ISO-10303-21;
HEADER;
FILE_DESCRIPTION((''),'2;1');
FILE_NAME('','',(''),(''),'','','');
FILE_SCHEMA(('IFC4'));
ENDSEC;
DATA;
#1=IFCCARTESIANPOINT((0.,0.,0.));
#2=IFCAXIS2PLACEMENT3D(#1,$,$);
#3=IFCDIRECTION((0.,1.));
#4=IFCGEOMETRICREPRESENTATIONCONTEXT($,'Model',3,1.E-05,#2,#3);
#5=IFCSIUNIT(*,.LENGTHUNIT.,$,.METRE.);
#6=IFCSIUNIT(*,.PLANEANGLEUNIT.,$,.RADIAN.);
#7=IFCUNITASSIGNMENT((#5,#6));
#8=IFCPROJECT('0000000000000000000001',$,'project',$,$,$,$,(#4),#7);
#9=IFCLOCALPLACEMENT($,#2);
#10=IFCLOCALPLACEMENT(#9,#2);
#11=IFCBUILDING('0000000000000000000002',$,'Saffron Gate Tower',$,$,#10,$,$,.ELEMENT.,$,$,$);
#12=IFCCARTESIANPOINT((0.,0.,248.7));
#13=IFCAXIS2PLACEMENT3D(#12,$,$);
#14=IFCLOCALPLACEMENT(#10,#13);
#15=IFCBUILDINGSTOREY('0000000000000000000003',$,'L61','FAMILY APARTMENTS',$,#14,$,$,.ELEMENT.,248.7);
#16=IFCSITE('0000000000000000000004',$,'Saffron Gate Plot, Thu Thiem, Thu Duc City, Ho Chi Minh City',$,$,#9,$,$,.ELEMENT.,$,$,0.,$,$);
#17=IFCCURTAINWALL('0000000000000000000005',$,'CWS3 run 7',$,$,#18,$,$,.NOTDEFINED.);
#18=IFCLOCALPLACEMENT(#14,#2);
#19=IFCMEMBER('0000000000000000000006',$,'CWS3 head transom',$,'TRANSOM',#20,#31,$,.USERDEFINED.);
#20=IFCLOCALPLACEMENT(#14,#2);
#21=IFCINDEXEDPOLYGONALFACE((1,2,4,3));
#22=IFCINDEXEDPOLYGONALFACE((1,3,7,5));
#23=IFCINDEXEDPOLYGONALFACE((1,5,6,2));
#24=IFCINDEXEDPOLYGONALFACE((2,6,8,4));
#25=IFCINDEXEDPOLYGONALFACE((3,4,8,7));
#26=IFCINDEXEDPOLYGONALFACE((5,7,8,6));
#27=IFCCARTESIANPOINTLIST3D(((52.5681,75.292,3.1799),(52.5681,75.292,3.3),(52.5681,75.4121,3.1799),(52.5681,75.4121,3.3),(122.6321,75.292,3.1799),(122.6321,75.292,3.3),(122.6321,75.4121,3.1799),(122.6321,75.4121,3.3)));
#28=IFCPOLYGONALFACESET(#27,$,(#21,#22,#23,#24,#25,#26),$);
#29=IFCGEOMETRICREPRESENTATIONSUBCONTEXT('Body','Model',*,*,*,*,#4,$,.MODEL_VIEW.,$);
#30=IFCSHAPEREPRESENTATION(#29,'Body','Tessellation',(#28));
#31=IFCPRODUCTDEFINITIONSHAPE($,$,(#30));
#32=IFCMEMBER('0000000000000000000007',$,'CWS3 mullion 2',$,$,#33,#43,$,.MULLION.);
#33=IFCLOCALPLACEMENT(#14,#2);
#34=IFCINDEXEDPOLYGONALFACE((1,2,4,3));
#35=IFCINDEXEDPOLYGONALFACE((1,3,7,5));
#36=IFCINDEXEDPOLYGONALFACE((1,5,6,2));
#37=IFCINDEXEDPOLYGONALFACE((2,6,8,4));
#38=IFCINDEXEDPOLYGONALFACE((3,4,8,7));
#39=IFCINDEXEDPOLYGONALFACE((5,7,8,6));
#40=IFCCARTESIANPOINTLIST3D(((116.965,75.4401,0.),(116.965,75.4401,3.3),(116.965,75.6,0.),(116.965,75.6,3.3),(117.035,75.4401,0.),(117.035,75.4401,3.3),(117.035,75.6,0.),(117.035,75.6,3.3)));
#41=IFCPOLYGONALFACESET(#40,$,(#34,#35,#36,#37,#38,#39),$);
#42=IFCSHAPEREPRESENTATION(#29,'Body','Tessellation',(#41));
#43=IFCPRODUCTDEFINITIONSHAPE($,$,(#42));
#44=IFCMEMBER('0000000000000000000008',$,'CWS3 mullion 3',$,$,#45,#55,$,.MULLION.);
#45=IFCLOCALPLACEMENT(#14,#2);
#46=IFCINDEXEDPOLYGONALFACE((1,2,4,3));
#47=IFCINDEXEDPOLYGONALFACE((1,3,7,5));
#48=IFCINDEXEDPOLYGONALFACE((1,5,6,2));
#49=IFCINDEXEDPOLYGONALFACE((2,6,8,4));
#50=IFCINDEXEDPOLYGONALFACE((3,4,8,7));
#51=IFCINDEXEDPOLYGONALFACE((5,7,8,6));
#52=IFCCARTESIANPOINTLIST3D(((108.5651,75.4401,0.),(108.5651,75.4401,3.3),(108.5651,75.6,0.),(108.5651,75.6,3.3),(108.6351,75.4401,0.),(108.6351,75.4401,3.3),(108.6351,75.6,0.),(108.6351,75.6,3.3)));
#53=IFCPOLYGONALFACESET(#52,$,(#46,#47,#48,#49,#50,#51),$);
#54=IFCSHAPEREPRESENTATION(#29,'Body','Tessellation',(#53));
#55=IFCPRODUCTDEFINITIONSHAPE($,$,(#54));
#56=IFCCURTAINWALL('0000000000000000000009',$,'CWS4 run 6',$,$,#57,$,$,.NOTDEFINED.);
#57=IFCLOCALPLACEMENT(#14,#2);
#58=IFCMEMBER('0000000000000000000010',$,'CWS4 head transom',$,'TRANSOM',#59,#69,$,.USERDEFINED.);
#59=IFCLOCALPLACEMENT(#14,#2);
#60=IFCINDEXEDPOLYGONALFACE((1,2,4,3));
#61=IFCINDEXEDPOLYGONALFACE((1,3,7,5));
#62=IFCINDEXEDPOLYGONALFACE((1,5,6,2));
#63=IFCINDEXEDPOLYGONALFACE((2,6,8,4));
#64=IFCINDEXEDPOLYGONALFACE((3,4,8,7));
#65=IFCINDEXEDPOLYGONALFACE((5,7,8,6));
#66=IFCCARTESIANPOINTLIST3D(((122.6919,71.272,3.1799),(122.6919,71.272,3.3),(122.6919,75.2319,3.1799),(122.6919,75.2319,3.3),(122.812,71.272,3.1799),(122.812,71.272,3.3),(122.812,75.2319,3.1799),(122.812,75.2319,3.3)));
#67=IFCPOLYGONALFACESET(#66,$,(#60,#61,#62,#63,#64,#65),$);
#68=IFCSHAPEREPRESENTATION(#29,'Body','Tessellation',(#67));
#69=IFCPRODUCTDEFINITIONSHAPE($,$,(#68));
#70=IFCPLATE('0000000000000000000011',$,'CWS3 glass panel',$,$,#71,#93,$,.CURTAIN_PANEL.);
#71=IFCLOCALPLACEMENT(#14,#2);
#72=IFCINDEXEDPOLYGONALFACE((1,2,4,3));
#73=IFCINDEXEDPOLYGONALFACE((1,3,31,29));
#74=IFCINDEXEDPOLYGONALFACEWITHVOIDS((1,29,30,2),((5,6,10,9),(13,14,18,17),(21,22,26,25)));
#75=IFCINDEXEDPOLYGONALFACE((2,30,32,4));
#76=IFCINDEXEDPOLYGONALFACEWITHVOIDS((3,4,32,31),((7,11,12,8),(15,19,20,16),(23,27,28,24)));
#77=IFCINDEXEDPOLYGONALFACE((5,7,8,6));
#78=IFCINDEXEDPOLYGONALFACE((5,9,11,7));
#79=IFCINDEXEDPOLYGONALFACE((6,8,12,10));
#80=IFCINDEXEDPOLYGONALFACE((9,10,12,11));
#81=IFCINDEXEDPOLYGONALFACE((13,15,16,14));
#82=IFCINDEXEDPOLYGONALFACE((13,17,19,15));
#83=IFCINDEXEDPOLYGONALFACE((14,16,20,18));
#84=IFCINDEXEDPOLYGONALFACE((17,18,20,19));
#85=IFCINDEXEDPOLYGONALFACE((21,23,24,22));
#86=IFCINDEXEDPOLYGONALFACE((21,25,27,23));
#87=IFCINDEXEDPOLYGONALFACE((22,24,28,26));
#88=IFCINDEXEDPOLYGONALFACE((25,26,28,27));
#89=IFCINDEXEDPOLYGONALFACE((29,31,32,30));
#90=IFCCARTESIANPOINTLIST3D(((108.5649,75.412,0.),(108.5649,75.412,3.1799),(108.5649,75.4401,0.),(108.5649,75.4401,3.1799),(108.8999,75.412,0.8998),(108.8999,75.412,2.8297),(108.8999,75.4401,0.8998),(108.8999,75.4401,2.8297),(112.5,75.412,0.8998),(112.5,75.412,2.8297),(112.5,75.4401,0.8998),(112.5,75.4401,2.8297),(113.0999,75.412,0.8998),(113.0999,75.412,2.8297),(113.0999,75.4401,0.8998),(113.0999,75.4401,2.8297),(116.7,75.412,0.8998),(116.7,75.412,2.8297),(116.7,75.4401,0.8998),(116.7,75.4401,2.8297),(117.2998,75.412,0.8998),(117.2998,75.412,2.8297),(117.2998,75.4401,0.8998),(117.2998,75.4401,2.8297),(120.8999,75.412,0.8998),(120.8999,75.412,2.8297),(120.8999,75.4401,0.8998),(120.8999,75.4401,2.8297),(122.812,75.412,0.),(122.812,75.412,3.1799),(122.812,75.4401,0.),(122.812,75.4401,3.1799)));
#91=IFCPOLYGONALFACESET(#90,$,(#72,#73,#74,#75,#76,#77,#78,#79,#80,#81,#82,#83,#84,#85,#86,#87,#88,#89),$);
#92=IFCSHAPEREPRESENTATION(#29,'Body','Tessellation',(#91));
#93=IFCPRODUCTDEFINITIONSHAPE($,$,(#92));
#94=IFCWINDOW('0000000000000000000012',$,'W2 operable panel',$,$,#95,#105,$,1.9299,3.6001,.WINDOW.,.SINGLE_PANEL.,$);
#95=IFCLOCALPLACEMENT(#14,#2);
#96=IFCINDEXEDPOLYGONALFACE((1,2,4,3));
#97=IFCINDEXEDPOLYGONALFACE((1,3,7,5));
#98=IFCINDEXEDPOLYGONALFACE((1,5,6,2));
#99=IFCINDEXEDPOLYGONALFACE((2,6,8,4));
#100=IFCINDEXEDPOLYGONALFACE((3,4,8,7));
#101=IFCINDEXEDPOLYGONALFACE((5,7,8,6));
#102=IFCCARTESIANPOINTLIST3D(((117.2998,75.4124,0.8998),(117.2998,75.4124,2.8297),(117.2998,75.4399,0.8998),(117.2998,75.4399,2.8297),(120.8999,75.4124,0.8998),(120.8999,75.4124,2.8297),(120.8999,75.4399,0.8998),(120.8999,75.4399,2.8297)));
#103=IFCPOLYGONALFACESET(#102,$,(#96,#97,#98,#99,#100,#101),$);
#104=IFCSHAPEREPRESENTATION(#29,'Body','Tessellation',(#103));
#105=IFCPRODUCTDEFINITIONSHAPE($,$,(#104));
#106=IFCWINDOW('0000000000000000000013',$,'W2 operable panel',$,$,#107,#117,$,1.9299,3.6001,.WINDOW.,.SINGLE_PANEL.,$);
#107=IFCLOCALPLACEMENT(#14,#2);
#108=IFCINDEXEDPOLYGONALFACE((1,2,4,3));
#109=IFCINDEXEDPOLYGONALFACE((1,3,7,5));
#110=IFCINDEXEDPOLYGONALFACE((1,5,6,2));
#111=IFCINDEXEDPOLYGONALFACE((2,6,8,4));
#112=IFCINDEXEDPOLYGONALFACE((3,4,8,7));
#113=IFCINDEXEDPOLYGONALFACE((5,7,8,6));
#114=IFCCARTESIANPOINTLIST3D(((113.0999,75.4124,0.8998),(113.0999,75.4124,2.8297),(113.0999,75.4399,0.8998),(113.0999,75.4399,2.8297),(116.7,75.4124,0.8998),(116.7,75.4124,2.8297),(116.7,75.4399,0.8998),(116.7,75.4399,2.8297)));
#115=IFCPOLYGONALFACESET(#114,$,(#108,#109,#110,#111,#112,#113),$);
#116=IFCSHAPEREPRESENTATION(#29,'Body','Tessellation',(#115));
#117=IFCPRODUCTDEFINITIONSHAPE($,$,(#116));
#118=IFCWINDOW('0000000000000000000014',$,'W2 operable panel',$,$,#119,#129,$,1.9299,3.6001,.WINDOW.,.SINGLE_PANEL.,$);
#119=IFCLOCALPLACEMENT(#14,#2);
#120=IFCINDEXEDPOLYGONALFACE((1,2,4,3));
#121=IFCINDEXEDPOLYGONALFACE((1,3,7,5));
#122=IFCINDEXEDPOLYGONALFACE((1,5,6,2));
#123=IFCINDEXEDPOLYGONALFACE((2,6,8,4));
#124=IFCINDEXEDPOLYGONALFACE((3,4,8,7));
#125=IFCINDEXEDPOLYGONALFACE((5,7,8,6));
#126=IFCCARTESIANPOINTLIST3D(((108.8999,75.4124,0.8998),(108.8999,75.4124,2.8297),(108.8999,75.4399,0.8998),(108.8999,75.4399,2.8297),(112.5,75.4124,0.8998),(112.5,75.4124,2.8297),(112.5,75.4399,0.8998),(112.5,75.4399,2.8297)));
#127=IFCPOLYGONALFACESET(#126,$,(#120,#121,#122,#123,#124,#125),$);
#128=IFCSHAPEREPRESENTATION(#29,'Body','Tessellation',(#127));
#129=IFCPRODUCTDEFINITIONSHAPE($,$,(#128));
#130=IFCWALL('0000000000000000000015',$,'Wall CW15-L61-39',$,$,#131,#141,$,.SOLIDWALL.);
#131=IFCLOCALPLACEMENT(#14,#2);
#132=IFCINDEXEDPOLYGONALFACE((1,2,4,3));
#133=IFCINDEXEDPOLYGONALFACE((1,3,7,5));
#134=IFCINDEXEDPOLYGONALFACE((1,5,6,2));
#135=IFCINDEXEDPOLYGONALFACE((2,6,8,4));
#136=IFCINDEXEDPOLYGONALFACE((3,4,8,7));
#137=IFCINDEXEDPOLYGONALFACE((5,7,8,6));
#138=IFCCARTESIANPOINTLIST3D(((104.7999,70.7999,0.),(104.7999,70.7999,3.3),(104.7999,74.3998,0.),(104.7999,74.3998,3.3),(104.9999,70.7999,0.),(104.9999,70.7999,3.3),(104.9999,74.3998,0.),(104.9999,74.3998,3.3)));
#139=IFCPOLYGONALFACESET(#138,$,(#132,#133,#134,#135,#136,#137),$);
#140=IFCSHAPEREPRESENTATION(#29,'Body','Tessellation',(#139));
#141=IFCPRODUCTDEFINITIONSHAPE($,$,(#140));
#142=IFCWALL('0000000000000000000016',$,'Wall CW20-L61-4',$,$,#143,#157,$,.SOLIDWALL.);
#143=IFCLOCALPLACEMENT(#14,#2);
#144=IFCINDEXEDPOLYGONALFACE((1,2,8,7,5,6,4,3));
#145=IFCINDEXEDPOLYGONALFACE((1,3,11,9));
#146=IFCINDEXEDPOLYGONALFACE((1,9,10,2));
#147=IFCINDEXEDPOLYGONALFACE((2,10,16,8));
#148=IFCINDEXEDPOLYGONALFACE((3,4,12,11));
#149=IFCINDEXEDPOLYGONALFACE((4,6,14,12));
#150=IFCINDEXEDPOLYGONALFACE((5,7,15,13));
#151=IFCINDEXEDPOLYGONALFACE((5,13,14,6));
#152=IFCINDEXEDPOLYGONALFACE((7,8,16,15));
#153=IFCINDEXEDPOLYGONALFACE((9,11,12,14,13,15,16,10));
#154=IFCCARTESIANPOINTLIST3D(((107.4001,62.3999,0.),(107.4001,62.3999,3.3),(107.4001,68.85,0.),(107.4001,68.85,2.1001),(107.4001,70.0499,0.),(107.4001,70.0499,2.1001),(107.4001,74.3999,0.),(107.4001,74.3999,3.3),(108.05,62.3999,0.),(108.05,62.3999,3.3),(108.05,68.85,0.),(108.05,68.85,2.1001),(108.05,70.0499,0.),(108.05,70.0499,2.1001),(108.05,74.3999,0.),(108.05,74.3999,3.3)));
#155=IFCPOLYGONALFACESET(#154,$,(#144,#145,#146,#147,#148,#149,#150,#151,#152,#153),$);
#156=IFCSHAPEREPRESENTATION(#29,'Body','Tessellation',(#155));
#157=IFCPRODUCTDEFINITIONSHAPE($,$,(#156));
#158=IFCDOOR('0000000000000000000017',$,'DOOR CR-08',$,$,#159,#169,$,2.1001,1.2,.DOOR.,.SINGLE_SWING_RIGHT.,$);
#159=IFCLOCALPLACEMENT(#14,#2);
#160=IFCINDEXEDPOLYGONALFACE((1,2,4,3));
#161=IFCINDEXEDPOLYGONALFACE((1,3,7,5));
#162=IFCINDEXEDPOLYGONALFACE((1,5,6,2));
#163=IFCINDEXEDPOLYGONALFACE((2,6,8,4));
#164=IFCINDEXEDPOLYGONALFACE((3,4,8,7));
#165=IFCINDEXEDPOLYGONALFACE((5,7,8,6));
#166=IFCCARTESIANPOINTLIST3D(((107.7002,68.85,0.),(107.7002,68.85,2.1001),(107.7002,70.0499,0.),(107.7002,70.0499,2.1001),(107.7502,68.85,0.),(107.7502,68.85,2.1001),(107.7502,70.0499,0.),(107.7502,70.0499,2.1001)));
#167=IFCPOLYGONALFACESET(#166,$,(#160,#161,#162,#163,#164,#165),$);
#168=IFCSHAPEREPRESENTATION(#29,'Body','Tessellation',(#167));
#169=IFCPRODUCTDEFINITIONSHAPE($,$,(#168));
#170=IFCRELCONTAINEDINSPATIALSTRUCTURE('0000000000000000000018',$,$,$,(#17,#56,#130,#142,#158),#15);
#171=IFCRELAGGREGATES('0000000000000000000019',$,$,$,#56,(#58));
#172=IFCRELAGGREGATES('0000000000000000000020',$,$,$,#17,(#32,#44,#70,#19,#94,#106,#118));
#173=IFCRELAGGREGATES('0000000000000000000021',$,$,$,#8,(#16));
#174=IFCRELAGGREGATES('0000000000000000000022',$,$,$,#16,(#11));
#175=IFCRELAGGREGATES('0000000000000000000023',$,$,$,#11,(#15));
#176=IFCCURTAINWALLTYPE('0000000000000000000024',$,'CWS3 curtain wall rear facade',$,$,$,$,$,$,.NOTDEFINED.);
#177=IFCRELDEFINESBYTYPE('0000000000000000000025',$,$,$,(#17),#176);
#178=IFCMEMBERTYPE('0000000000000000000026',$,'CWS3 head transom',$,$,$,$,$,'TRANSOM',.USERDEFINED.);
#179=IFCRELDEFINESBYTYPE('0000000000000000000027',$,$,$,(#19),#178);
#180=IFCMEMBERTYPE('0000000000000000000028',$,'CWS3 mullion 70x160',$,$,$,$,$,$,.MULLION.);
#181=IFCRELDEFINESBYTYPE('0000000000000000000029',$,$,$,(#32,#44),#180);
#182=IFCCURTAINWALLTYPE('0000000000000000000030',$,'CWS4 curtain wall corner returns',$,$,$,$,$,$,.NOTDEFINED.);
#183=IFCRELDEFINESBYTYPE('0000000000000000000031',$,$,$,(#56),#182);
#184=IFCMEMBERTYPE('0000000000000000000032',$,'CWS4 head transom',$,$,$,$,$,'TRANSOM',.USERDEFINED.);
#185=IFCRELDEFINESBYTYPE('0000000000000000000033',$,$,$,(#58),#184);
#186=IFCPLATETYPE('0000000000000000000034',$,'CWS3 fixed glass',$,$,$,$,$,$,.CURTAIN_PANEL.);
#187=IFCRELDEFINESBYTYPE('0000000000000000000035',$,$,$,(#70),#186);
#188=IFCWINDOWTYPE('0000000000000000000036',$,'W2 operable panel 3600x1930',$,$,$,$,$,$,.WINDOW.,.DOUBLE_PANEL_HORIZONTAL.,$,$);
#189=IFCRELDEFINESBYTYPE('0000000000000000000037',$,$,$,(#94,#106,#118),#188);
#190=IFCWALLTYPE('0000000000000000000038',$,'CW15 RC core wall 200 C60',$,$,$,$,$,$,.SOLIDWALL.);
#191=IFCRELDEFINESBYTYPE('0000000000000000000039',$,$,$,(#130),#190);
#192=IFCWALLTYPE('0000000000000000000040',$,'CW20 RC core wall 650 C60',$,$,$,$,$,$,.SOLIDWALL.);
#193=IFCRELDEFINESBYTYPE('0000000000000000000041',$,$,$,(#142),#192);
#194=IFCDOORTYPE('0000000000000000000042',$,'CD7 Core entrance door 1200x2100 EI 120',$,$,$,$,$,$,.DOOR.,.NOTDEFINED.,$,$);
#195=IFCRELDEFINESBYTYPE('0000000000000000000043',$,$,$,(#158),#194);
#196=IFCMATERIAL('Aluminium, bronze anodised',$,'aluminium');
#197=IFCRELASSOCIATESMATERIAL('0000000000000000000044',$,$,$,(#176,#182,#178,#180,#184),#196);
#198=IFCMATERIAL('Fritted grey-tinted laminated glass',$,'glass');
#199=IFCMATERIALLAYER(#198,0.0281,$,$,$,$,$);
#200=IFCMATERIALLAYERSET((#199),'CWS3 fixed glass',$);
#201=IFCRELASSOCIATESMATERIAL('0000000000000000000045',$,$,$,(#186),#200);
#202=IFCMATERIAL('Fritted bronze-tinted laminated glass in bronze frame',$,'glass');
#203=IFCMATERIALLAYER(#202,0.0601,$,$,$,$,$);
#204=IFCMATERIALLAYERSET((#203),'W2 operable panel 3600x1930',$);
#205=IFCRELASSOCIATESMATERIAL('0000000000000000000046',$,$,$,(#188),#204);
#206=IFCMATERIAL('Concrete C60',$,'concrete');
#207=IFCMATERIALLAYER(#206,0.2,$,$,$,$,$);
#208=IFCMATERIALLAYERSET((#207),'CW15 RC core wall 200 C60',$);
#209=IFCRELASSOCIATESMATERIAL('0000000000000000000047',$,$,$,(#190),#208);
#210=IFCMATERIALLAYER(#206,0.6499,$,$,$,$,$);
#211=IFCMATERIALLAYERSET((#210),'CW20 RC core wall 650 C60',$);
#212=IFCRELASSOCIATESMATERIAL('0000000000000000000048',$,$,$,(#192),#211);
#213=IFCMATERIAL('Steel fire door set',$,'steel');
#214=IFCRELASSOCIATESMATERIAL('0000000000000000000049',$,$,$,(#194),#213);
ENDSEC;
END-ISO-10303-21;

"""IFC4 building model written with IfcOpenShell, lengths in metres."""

from ifc_helpers import new_model, si_unit, direction, frame, frame_2d, origin, origin_2d, place, context, subcontext, project, spatial, rectangle, extrude, material, layer, layer_set, material_profile, profile_set, type_object, element, fill, aggregate, save


model = new_model("IFC4")

# Units and contexts
model_context = context("Model", 3, precision=1e-05, world=origin(), true_north=direction((0.0, 1.0)))
body_context = subcontext(model_context, "Body", "Model", "MODEL_VIEW")
ifc_project = project(units=[si_unit("LENGTHUNIT", "METRE"), si_unit("PLANEANGLEUNIT", "RADIAN")], contexts=[model_context])

# Site, building, storey
site_placement = place(None, origin())
site = spatial("IfcSite", under=ifc_project, at=site_placement, Name="Saffron Gate Plot, Thu Thiem, Thu Duc City, Ho Chi Minh City", CompositionType="ELEMENT", RefElevation=0.0)
building_placement = place(site_placement, origin())
building = spatial("IfcBuilding", under=site, at=building_placement, Name="Saffron Gate Tower", CompositionType="ELEMENT")
storey_placement = place(building_placement, frame((0.0, 0.0, 248.7)))
storey = spatial("IfcBuildingStorey", under=building, at=storey_placement, Name="L61", Description="FAMILY APARTMENTS", CompositionType="ELEMENT", Elevation=248.7)

# Curtain wall, members
ifc_material_1 = material(Name="Aluminium, bronze anodised", Category="aluminium")
curtain_wall_type_1 = type_object("IfcCurtainWallType", Name="CWS3 curtain wall rear facade", PredefinedType="NOTDEFINED", material=ifc_material_1)
curtain_wall_1_placement = place(storey_placement, origin())
curtain_wall_1 = element("IfcCurtainWall", 1, at=curtain_wall_1_placement, inside=storey, type_object=curtain_wall_type_1, Name="CWS3 run 7", PredefinedType="NOTDEFINED")
ifc_material_profile_1 = material_profile(ifc_material_1, rectangle(XDim=0.1201, YDim=0.1201, at=origin_2d()))
ifc_profile_set_1 = profile_set([ifc_material_profile_1], Name="Aluminium, bronze anodised")
member_type_1 = type_object("IfcMemberType", Name="CWS3 head transom", ElementType="TRANSOM", PredefinedType="USERDEFINED", material=ifc_profile_set_1)
member_1_placement = place(storey_placement, frame((122.6321, 75.3521, 3.24), z_axis=(-1.0, 0.0, 0.0), x_axis=(0.0, -1.0, 0.0)))
member_1 = element("IfcMember", 2, at=member_1_placement, type_object=member_type_1, Name="CWS3 head transom", ObjectType="TRANSOM", PredefinedType="USERDEFINED", context=body_context, shape_type="SweptSolid", body=[
    extrude(rectangle(XDim=0.1201, YDim=0.1201, at=origin_2d()), origin(), (0.0, 0.0, 1.0), 70.064),
])
ifc_material_profile_2 = material_profile(ifc_material_1, rectangle(XDim=0.1599, YDim=0.0701, at=origin_2d()))
ifc_profile_set_2 = profile_set([ifc_material_profile_2], Name="Aluminium, bronze anodised")
member_type_2 = type_object("IfcMemberType", Name="CWS3 mullion 70x160", PredefinedType="MULLION", material=ifc_profile_set_2)
member_2_placement = place(storey_placement, frame((117.0, 75.52, 0.0), z_axis=(0.0, 0.0, 1.0), x_axis=(0.0, -1.0, 0.0)))
member_2 = element("IfcMember", 3, at=member_2_placement, type_object=member_type_2, Name="CWS3 mullion 2", PredefinedType="MULLION", context=body_context, shape_type="SweptSolid", body=[
    extrude(rectangle(XDim=0.1599, YDim=0.0701, at=origin_2d()), origin(), (0.0, 0.0, 1.0), 3.3),
])
member_3_placement = place(storey_placement, frame((108.6001, 75.52, 0.0), z_axis=(0.0, 0.0, 1.0), x_axis=(0.0, -1.0, 0.0)))
member_3 = element("IfcMember", 4, at=member_3_placement, type_object=member_type_2, Name="CWS3 mullion 3", PredefinedType="MULLION", context=body_context, shape_type="SweptSolid", body=[
    extrude(rectangle(XDim=0.1599, YDim=0.0701, at=origin_2d()), origin(), (0.0, 0.0, 1.0), 3.3),
])

# Curtain wall, member
curtain_wall_type_2 = type_object("IfcCurtainWallType", Name="CWS4 curtain wall corner returns", PredefinedType="NOTDEFINED", material=ifc_material_1)
curtain_wall_2_placement = place(storey_placement, origin())
curtain_wall_2 = element("IfcCurtainWall", 5, at=curtain_wall_2_placement, inside=storey, type_object=curtain_wall_type_2, Name="CWS4 run 6", PredefinedType="NOTDEFINED")
ifc_material_profile_3 = material_profile(ifc_material_1, rectangle(XDim=0.1201, YDim=0.1201, at=origin_2d()))
ifc_profile_set_3 = profile_set([ifc_material_profile_3], Name="Aluminium, bronze anodised")
member_type_3 = type_object("IfcMemberType", Name="CWS4 head transom", ElementType="TRANSOM", PredefinedType="USERDEFINED", material=ifc_profile_set_3)
member_4_placement = place(storey_placement, frame((122.752, 71.272, 3.24), z_axis=(0.0, 1.0, 0.0), x_axis=(-1.0, 0.0, 0.0)))
member_4 = element("IfcMember", 6, at=member_4_placement, type_object=member_type_3, Name="CWS4 head transom", ObjectType="TRANSOM", PredefinedType="USERDEFINED", context=body_context, shape_type="SweptSolid", body=[
    extrude(rectangle(XDim=0.1201, YDim=0.1201, at=origin_2d()), origin(), (0.0, 0.0, 1.0), 3.96),
])
aggregate(curtain_wall_2, [member_4])

# Plate, openings, windows
ifc_material_2 = material(Name="Fritted grey-tinted laminated glass", Category="glass")
ifc_layer_1 = layer(ifc_material_2, 0.0281)
ifc_layer_set_1 = layer_set([ifc_layer_1], Name="CWS3 fixed glass")
plate_type = type_object("IfcPlateType", Name="CWS3 fixed glass", PredefinedType="CURTAIN_PANEL", material=ifc_layer_set_1)
plate_placement = place(storey_placement, frame((122.812, 75.426, 0.0), z_axis=(0.0, 0.0, 1.0), x_axis=(-1.0, 0.0, 0.0)))
plate = element("IfcPlate", 7, at=plate_placement, type_object=plate_type, Name="CWS3 glass panel", PredefinedType="CURTAIN_PANEL", context=body_context, shape_type="SweptSolid", body=[
    extrude(rectangle(XDim=14.2471, YDim=0.0281, at=frame_2d((7.1235, 0.0))), origin(), (0.0, 0.0, 1.0), 3.1799),
])
opening_1_placement = place(plate_placement, frame((1.9121, 0.0, 0.8999)))
opening_1 = element("IfcOpeningElement", 8, at=opening_1_placement, cuts=plate, PredefinedType="OPENING", context=body_context, shape_type="SweptSolid", body=[
    extrude(rectangle(XDim=3.6001, YDim=1.9299, at=frame_2d((1.8, 0.9648))), frame((0.0, 0.0239, 0.0), z_axis=(0.0, -1.0, 0.0), x_axis=(1.0, 0.0, 0.0)), (0.0, 0.0, 1.0), 0.0481),
])
opening_2_placement = place(plate_placement, frame((6.1121, 0.0, 0.8999)))
opening_2 = element("IfcOpeningElement", 9, at=opening_2_placement, cuts=plate, PredefinedType="OPENING", context=body_context, shape_type="SweptSolid", body=[
    extrude(rectangle(XDim=3.6001, YDim=1.9299, at=frame_2d((1.8, 0.9648))), frame((0.0, 0.0239, 0.0), z_axis=(0.0, -1.0, 0.0), x_axis=(1.0, 0.0, 0.0)), (0.0, 0.0, 1.0), 0.0481),
])
opening_3_placement = place(plate_placement, frame((10.312, 0.0, 0.8999)))
opening_3 = element("IfcOpeningElement", 10, at=opening_3_placement, cuts=plate, PredefinedType="OPENING", context=body_context, shape_type="SweptSolid", body=[
    extrude(rectangle(XDim=3.6001, YDim=1.9299, at=frame_2d((1.8, 0.9648))), frame((0.0, 0.0239, 0.0), z_axis=(0.0, -1.0, 0.0), x_axis=(1.0, 0.0, 0.0)), (0.0, 0.0, 1.0), 0.0481),
])
ifc_material_3 = material(Name="Fritted bronze-tinted laminated glass in bronze frame", Category="glass")
ifc_layer_2 = layer(ifc_material_3, 0.0601)
ifc_layer_set_2 = layer_set([ifc_layer_2], Name="W2 operable panel 3600x1930")
window_type = type_object("IfcWindowType", Name="W2 operable panel 3600x1930", PartitioningType="DOUBLE_PANEL_HORIZONTAL", PredefinedType="WINDOW", material=ifc_layer_set_2)
window_1_placement = place(opening_1_placement, origin())
window_1 = element("IfcWindow", 11, at=window_1_placement, type_object=window_type, Name="W2 operable panel", OverallHeight=1.9299, OverallWidth=3.6001, PartitioningType="SINGLE_PANEL", PredefinedType="WINDOW", context=body_context, shape_type="SweptSolid", body=[
    extrude(rectangle(XDim=3.6001, YDim=1.9299, at=frame_2d((1.8, 0.9648))), frame((0.0, 0.0137, 0.0), z_axis=(0.0, -1.0, 0.0), x_axis=(1.0, 0.0, 0.0)), (0.0, 0.0, 1.0), 0.0276),
])
fill(opening_1, window_1)
window_2_placement = place(opening_2_placement, origin())
window_2 = element("IfcWindow", 12, at=window_2_placement, type_object=window_type, Name="W2 operable panel", OverallHeight=1.9299, OverallWidth=3.6001, PartitioningType="SINGLE_PANEL", PredefinedType="WINDOW", context=body_context, shape_type="SweptSolid", body=[
    extrude(rectangle(XDim=3.6001, YDim=1.9299, at=frame_2d((1.8, 0.9648))), frame((0.0, 0.0137, 0.0), z_axis=(0.0, -1.0, 0.0), x_axis=(1.0, 0.0, 0.0)), (0.0, 0.0, 1.0), 0.0276),
])
fill(opening_2, window_2)
window_3_placement = place(opening_3_placement, origin())
window_3 = element("IfcWindow", 13, at=window_3_placement, type_object=window_type, Name="W2 operable panel", OverallHeight=1.9299, OverallWidth=3.6001, PartitioningType="SINGLE_PANEL", PredefinedType="WINDOW", context=body_context, shape_type="SweptSolid", body=[
    extrude(rectangle(XDim=3.6001, YDim=1.9299, at=frame_2d((1.8, 0.9648))), frame((0.0, 0.0137, 0.0), z_axis=(0.0, -1.0, 0.0), x_axis=(1.0, 0.0, 0.0)), (0.0, 0.0, 1.0), 0.0276),
])
fill(opening_3, window_3)
aggregate(curtain_wall_1, [member_2, member_3, plate, member_1, window_1, window_2, window_3])

# Wall
ifc_material_4 = material(Name="Concrete C60", Category="concrete")
ifc_layer_3 = layer(ifc_material_4, 0.2)
ifc_layer_set_3 = layer_set([ifc_layer_3], Name="CW15 RC core wall 200 C60")
wall_type_1 = type_object("IfcWallType", Name="CW15 RC core wall 200 C60", PredefinedType="SOLIDWALL", material=ifc_layer_set_3)
wall_1_placement = place(storey_placement, frame((104.8999, 70.8, 0.0), z_axis=(0.0, 0.0, 1.0), x_axis=(0.0, 1.0, 0.0)))
element("IfcWall", 14, at=wall_1_placement, inside=storey, type_object=wall_type_1, Name="Wall CW15-L61-39", PredefinedType="SOLIDWALL", context=body_context, shape_type="SweptSolid", body=[
    extrude(rectangle(XDim=3.5999, YDim=0.2, at=frame_2d((1.7998, 0.0))), origin(), (0.0, 0.0, 1.0), 3.3),
])

# Wall, opening, door
ifc_layer_4 = layer(ifc_material_4, 0.6499)
ifc_layer_set_4 = layer_set([ifc_layer_4], Name="CW20 RC core wall 650 C60")
wall_type_2 = type_object("IfcWallType", Name="CW20 RC core wall 650 C60", PredefinedType="SOLIDWALL", material=ifc_layer_set_4)
wall_2_placement = place(storey_placement, frame((107.7251, 62.3999, 0.0), z_axis=(0.0, 0.0, 1.0), x_axis=(0.0, 1.0, 0.0)))
wall_2 = element("IfcWall", 15, at=wall_2_placement, inside=storey, type_object=wall_type_2, Name="Wall CW20-L61-4", PredefinedType="SOLIDWALL", context=body_context, shape_type="SweptSolid", body=[
    extrude(rectangle(XDim=12.0, YDim=0.6499, at=frame_2d((6.0, 0.0))), origin(), (0.0, 0.0, 1.0), 3.3),
])
opening_4_placement = place(wall_2_placement, frame((6.45, 0.0, 0.0)))
opening_4 = element("IfcOpeningElement", 16, at=opening_4_placement, cuts=wall_2, PredefinedType="OPENING", context=body_context, shape_type="SweptSolid", body=[
    extrude(rectangle(XDim=1.2, YDim=2.1001, at=frame_2d((0.6001, 1.05))), frame((0.0, 0.335, 0.0), z_axis=(0.0, -1.0, 0.0), x_axis=(1.0, 0.0, 0.0)), (0.0, 0.0, 1.0), 0.6699),
])
ifc_material_5 = material(Name="Steel fire door set", Category="steel")
door_type_1 = type_object("IfcDoorType", Name="CD7 Core entrance door 1200x2100 EI 120", OperationType="NOTDEFINED", PredefinedType="DOOR", material=ifc_material_5)
door_1_placement = place(opening_4_placement, origin())
door_1 = element("IfcDoor", 17, at=door_1_placement, inside=storey, type_object=door_type_1, Name="DOOR CR-08", OperationType="SINGLE_SWING_RIGHT", OverallHeight=2.1001, OverallWidth=1.2, PredefinedType="DOOR", context=body_context, shape_type="SweptSolid", body=[
    extrude(rectangle(XDim=1.2, YDim=2.1001, at=frame_2d((0.6001, 1.05))), frame((0.0, 0.0249, 0.0), z_axis=(0.0, -1.0, 0.0), x_axis=(1.0, 0.0, 0.0)), (0.0, 0.0, 1.0), 0.05),
])
fill(opening_4, door_1)

save(model, "model.ifc")
